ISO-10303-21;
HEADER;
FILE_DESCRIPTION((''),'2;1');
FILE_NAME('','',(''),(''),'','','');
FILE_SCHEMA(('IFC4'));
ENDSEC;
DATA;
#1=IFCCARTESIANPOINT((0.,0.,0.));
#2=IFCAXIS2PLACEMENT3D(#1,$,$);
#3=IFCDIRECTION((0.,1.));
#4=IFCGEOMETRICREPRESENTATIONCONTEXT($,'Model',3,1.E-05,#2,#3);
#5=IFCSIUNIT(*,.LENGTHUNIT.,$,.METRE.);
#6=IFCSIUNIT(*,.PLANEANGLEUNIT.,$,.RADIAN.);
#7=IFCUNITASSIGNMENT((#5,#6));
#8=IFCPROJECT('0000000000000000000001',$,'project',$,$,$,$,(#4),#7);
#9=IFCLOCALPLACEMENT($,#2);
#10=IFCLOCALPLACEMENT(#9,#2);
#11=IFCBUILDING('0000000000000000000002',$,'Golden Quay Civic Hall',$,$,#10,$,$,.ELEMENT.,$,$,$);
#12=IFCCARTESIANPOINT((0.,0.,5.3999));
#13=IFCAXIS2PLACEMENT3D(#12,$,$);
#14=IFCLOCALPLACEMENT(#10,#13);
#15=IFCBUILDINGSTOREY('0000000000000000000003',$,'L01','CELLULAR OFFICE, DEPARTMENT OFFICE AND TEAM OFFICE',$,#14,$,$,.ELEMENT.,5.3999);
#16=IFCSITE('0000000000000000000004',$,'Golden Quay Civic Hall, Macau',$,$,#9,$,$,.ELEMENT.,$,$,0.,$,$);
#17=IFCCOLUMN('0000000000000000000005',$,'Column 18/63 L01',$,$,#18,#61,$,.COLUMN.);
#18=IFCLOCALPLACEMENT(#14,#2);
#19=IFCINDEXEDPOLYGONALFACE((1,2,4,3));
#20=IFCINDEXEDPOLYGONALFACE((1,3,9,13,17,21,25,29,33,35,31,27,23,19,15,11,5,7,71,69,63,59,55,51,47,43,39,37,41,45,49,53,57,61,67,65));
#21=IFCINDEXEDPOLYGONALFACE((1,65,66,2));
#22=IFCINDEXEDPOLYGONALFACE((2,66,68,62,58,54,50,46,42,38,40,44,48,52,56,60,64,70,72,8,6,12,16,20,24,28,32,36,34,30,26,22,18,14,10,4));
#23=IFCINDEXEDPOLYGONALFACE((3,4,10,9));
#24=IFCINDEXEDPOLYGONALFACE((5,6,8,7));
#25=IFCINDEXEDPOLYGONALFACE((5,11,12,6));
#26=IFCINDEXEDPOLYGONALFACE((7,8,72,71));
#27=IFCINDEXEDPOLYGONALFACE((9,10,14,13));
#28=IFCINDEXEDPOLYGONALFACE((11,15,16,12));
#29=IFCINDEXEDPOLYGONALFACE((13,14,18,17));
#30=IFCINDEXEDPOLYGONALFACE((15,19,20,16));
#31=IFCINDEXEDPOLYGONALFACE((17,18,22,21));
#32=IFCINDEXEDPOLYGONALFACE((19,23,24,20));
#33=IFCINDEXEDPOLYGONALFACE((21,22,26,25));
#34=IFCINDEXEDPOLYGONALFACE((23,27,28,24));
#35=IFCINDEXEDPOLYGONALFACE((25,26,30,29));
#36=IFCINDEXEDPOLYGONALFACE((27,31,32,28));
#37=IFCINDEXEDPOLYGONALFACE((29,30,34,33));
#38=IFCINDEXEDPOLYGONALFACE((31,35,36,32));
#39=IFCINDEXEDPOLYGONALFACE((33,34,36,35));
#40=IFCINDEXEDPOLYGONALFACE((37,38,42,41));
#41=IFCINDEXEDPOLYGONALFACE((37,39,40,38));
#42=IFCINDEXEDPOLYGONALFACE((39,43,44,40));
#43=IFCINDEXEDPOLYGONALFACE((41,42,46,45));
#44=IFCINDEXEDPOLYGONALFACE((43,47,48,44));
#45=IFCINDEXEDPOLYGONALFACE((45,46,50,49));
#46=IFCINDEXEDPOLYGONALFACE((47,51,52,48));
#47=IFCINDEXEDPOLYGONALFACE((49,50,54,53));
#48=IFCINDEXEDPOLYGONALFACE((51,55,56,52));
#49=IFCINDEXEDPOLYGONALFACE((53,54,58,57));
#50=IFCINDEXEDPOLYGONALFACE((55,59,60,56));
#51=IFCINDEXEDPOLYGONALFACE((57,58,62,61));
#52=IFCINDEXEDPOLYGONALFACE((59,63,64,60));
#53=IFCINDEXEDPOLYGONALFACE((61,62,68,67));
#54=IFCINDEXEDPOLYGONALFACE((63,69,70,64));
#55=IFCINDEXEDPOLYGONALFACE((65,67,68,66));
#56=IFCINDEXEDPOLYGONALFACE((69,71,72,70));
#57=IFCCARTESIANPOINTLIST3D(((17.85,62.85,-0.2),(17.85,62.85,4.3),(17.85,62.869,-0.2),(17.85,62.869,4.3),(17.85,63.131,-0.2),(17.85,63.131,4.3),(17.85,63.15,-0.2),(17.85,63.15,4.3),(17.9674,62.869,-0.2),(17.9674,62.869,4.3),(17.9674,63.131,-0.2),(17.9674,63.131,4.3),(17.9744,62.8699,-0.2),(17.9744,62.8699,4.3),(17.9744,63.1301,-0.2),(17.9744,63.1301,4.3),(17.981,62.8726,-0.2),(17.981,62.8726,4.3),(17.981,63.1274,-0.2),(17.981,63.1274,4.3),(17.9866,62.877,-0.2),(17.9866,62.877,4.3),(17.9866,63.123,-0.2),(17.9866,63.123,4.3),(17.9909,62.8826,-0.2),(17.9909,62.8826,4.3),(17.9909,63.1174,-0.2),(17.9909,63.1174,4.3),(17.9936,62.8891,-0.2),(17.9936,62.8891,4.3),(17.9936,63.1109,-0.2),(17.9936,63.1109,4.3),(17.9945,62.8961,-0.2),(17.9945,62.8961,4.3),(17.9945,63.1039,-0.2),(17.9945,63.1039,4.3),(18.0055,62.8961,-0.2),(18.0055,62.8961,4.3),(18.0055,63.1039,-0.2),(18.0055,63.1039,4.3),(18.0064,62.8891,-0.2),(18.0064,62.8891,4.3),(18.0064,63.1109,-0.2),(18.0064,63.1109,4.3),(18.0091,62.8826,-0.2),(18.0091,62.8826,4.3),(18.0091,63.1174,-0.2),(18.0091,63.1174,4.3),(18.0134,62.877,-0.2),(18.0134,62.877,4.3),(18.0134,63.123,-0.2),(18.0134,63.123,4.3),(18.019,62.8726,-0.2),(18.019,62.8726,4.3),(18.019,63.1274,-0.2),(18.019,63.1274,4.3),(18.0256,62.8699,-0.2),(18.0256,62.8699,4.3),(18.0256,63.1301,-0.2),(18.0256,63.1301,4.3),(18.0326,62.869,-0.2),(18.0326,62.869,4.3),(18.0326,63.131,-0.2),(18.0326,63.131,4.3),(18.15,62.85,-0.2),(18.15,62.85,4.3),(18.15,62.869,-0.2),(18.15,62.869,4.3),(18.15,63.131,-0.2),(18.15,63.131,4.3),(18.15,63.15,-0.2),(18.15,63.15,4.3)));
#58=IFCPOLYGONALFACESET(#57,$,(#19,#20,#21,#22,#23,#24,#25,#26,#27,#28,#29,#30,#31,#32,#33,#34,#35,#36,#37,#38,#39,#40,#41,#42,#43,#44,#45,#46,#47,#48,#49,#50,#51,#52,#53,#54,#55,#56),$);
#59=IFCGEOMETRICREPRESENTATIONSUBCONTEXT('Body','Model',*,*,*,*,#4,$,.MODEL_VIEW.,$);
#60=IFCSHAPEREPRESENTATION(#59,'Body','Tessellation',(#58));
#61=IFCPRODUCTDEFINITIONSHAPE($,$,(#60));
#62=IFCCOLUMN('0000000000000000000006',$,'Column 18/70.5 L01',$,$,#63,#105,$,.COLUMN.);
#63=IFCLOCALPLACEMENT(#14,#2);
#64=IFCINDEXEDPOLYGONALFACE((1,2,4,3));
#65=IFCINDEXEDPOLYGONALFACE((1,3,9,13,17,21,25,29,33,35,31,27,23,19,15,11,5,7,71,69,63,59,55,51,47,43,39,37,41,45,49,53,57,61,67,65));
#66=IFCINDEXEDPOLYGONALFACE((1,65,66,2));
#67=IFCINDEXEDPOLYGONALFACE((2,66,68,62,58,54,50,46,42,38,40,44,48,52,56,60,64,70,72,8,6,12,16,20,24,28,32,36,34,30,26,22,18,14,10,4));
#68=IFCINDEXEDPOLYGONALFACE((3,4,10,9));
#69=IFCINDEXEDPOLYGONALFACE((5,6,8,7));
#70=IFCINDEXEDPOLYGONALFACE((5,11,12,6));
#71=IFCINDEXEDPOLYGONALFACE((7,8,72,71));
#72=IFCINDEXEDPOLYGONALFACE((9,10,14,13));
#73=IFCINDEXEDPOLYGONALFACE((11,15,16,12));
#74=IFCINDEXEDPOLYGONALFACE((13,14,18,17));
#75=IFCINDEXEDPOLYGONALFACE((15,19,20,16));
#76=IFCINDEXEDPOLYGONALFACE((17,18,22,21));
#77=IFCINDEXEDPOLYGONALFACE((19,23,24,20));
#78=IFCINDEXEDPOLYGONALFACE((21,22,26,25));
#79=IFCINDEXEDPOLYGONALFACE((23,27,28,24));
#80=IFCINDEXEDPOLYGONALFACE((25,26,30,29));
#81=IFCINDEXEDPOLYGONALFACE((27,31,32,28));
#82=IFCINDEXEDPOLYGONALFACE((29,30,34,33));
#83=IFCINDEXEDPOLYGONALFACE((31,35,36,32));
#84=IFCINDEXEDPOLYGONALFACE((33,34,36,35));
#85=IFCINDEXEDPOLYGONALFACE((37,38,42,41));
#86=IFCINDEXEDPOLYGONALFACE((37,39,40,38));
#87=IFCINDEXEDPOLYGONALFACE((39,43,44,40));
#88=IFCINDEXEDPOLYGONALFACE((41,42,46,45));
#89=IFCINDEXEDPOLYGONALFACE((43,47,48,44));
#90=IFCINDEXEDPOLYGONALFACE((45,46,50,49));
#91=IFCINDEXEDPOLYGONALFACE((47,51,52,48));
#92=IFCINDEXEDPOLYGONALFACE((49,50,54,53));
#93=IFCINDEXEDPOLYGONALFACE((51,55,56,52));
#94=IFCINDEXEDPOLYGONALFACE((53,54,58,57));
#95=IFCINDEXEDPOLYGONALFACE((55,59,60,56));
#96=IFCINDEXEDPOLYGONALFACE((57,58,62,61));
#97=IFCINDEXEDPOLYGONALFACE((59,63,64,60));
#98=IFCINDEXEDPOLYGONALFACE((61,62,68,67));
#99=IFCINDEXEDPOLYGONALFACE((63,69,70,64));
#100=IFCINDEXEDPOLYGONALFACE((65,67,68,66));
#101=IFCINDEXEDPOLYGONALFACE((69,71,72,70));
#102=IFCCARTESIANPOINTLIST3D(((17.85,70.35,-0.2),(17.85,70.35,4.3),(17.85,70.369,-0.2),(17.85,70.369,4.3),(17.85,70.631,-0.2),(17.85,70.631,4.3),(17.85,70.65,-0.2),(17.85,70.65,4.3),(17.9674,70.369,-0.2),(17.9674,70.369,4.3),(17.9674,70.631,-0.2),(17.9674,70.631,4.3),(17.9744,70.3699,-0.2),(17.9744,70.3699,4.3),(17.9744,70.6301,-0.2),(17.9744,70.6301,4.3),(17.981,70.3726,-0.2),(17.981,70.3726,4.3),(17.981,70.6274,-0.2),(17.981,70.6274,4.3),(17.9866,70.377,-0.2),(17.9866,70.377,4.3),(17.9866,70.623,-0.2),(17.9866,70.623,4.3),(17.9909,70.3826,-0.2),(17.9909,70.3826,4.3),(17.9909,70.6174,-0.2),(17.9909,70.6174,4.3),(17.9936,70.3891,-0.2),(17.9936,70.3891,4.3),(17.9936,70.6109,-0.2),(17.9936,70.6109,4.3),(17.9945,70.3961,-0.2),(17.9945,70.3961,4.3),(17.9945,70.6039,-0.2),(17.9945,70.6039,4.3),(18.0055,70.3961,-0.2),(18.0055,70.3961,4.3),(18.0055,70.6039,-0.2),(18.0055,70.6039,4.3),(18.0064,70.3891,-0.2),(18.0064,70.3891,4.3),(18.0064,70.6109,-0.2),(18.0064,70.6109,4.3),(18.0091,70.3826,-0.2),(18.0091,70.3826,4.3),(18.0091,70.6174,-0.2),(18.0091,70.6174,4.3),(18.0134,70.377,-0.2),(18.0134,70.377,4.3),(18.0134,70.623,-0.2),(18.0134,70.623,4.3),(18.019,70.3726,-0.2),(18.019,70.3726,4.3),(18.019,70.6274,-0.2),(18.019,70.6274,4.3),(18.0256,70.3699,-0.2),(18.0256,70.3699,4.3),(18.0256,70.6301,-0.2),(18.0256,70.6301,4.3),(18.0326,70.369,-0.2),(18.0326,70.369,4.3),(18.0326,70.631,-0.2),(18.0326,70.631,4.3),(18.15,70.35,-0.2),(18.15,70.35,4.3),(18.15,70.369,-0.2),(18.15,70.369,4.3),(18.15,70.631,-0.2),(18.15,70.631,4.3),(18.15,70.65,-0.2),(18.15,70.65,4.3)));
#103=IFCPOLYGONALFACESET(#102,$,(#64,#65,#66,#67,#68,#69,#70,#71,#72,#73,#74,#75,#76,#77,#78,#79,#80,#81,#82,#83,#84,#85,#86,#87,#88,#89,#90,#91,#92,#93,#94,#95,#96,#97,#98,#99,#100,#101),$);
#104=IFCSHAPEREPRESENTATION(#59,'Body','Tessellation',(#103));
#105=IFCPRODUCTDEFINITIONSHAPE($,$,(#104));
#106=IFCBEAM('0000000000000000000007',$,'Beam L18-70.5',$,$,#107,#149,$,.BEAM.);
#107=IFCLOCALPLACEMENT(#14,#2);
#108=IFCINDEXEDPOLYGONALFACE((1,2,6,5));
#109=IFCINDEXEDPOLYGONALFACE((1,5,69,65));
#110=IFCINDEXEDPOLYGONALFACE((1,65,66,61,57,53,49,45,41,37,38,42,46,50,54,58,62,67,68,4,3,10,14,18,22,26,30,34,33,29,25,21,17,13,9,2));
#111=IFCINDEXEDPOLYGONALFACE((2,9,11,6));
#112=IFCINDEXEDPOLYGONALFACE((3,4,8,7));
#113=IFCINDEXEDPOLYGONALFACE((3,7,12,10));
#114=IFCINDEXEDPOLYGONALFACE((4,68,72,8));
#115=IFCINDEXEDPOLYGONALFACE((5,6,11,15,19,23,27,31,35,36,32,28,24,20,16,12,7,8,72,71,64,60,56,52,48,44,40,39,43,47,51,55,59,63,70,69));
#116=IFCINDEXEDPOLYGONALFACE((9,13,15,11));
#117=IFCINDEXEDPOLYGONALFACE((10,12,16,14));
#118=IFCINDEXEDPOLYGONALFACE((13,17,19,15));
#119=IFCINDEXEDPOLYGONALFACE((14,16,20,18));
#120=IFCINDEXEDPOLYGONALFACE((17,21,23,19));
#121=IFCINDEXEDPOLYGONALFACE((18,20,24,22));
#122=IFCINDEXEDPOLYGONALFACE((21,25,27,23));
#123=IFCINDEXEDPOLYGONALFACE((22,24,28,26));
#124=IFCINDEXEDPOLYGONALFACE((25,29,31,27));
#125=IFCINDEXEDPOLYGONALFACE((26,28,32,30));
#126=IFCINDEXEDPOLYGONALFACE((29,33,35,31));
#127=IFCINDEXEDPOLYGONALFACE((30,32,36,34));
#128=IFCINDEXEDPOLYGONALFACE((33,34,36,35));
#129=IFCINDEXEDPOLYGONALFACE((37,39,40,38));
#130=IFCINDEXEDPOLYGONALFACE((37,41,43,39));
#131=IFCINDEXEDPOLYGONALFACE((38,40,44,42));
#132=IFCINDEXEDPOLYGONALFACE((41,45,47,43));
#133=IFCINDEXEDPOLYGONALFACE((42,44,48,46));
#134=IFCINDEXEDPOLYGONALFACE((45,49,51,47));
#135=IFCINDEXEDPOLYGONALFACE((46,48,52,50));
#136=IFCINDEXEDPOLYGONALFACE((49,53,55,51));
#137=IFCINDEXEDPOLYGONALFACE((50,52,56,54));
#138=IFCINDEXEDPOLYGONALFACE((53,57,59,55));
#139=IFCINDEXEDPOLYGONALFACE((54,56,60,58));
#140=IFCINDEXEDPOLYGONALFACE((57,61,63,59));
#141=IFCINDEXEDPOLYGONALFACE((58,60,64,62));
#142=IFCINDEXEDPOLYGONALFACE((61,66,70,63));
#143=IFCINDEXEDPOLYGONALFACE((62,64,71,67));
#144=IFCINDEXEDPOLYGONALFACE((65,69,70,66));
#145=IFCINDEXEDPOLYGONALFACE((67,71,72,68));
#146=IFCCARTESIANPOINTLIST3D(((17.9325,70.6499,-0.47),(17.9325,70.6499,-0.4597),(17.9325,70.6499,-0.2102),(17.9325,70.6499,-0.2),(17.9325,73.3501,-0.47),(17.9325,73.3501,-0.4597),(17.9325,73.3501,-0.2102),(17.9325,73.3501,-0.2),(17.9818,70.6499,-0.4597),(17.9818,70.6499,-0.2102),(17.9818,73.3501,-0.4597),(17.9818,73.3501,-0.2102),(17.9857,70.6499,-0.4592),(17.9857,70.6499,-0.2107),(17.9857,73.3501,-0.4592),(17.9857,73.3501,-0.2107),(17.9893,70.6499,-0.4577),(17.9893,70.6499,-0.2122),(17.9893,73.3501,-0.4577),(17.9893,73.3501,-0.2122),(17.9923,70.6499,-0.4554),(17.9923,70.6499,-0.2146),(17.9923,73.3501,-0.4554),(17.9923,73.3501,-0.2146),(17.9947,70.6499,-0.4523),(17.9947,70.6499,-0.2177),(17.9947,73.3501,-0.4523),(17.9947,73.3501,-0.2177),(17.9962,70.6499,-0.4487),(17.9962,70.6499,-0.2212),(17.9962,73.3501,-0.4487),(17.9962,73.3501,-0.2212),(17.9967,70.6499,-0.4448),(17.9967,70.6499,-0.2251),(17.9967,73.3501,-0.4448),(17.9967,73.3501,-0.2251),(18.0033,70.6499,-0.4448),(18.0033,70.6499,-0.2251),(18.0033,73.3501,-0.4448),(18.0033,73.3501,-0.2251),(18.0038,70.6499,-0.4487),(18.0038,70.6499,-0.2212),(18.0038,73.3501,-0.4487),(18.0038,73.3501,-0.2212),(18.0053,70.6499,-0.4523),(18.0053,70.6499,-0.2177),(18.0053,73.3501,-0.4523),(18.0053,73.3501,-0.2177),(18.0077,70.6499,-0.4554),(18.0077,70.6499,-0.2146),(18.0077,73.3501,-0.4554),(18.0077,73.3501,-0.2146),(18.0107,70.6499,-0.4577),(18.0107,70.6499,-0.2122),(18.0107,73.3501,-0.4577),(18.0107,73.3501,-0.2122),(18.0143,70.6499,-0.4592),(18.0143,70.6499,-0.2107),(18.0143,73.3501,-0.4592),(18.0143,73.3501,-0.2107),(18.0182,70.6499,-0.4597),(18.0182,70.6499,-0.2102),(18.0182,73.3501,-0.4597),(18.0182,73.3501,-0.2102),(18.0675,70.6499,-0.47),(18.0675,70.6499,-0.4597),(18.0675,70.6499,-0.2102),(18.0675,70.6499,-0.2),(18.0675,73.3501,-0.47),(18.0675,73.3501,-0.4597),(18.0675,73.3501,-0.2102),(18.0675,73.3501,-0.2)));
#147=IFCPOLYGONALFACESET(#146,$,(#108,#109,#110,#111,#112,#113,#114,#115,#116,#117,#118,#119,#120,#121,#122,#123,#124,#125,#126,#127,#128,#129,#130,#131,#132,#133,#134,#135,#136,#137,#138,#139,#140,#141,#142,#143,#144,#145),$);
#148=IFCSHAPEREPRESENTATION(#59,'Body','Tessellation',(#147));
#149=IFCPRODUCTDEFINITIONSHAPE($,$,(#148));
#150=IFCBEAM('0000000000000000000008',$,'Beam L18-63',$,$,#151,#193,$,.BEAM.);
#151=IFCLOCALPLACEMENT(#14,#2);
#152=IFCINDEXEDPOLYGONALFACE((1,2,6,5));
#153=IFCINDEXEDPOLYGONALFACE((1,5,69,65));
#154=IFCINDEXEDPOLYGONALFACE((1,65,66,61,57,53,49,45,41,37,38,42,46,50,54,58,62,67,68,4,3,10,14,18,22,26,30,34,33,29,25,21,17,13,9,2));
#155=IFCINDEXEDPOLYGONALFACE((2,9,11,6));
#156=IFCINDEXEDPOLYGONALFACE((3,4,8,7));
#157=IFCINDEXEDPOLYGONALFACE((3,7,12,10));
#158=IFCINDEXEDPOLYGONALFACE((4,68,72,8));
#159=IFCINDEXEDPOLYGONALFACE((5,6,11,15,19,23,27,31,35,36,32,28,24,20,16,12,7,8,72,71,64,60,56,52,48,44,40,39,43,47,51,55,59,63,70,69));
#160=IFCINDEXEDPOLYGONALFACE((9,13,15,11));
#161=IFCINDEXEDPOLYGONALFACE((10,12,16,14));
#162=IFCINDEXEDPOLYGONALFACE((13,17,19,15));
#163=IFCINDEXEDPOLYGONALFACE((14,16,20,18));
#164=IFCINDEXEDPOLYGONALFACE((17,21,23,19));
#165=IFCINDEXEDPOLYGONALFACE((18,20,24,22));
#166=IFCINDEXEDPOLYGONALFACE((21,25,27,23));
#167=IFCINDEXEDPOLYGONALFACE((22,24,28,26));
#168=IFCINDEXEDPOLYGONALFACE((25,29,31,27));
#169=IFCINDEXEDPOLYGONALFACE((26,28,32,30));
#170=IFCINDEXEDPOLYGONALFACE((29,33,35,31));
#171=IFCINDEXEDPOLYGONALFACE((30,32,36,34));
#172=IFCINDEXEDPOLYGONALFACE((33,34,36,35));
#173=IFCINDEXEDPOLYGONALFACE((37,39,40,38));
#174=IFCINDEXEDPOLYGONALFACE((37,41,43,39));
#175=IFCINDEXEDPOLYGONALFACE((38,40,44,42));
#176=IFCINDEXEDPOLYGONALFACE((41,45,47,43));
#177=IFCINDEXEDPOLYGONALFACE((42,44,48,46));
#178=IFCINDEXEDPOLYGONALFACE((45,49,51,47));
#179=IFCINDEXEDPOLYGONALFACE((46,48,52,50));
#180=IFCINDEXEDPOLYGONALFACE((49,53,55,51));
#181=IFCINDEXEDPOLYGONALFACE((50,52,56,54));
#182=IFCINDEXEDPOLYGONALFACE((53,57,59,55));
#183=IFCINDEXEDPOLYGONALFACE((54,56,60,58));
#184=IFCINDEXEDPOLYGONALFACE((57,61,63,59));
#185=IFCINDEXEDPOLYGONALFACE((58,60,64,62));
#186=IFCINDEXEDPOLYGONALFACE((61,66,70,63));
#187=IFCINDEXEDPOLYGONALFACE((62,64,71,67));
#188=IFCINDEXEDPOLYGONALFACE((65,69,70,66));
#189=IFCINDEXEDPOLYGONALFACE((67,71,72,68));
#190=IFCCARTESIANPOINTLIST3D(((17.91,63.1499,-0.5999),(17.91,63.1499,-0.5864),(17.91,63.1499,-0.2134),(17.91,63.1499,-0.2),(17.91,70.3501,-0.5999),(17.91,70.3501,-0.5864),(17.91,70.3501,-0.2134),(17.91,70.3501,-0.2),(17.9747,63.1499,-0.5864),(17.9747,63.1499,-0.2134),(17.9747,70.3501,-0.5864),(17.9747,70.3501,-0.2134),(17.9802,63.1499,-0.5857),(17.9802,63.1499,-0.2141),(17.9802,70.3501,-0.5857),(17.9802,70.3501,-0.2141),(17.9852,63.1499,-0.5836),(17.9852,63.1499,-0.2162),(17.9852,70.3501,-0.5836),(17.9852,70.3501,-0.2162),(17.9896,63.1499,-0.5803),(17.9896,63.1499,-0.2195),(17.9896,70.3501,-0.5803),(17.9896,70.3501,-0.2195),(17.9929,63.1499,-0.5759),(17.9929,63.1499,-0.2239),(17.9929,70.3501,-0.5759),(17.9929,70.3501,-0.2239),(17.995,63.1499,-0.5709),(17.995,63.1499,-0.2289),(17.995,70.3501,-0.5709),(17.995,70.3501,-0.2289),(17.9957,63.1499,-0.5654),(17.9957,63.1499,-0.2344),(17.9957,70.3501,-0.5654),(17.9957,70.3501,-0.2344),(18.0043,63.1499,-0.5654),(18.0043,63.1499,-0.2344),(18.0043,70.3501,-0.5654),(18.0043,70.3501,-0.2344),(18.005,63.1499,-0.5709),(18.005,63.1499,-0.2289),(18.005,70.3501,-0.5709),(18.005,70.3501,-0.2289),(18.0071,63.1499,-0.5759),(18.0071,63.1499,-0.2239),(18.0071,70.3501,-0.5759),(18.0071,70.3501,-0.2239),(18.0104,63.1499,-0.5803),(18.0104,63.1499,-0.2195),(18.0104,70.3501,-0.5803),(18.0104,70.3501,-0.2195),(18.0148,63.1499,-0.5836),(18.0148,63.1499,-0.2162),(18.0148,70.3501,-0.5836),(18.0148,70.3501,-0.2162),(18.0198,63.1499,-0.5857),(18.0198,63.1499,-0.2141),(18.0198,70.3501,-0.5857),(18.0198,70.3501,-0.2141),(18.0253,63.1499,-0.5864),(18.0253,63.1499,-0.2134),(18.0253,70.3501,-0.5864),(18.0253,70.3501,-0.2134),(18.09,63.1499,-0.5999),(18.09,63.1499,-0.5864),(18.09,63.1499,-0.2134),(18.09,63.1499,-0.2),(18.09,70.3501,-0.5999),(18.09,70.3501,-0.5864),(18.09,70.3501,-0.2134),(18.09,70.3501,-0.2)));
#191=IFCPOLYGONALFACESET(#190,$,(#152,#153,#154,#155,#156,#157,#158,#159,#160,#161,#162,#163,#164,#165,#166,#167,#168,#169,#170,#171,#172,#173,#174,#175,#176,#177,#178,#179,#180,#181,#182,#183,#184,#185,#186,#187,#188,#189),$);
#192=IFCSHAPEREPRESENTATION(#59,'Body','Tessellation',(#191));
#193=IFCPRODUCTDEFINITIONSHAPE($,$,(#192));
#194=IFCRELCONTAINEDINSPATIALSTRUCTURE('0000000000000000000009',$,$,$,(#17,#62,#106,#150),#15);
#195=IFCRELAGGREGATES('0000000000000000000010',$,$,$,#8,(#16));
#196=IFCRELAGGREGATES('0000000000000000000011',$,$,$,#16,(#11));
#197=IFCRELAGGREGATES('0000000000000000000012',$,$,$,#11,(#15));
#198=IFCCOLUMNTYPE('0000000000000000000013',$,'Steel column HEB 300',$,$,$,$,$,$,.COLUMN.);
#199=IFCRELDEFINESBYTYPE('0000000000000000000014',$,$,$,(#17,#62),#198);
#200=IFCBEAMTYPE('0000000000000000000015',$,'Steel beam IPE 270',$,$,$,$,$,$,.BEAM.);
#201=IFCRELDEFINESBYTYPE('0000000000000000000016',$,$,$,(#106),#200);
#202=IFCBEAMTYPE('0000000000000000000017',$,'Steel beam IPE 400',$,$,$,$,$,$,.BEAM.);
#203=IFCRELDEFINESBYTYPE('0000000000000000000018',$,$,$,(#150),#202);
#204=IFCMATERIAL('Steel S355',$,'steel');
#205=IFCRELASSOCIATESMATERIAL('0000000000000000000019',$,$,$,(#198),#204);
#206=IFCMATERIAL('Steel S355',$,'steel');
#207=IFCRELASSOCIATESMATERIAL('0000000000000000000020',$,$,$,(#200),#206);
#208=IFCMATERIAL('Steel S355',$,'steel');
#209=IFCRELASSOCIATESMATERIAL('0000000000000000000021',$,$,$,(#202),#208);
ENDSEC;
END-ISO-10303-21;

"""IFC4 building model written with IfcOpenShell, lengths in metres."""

from ifc_helpers import new_model, si_unit, direction, frame, origin, origin_2d, place, context, subcontext, project, spatial, i_section, extrude, material, material_profile, profile_set, type_object, element, save


model = new_model("IFC4")

# Units and contexts
model_context = context("Model", 3, precision=1e-05, world=origin(), true_north=direction((0.0, 1.0)))
body_context = subcontext(model_context, "Body", "Model", "MODEL_VIEW")
ifc_project = project(units=[si_unit("LENGTHUNIT", "METRE"), si_unit("PLANEANGLEUNIT", "RADIAN")], contexts=[model_context])

# Site, building, storey
site_placement = place(None, origin())
site = spatial("IfcSite", under=ifc_project, at=site_placement, Name="Golden Quay Civic Hall, Macau", CompositionType="ELEMENT", RefElevation=0.0)
building_placement = place(site_placement, origin())
building = spatial("IfcBuilding", under=site, at=building_placement, Name="Golden Quay Civic Hall", CompositionType="ELEMENT")
storey_placement = place(building_placement, frame((0.0, 0.0, 5.3999)))
storey = spatial("IfcBuildingStorey", under=building, at=storey_placement, Name="L01", Description="CELLULAR OFFICE, DEPARTMENT OFFICE AND TEAM OFFICE", CompositionType="ELEMENT", Elevation=5.3999)

# Columns
ifc_material_1 = material(Name="Steel S355", Category="steel")
ifc_material_profile_1 = material_profile(ifc_material_1, i_section(OverallWidth=0.3, OverallDepth=0.3, WebThickness=0.011, FlangeThickness=0.019, FilletRadius=0.0271, at=origin_2d()), Name="HEB 300")
ifc_profile_set_1 = profile_set([ifc_material_profile_1], Name="Steel S355")
column_type = type_object("IfcColumnType", Name="Steel column HEB 300", PredefinedType="COLUMN", material=ifc_profile_set_1)
for number, where, z_axis, x_axis, name in (
    (1, (18.0, 63.0, -0.2), (0.0, 0.0, 1.0), (1.0, 0.0, 0.0), "Column 18/63 L01"),
    (2, (18.0, 70.5, -0.2), (0.0, 0.0, 1.0), (1.0, 0.0, 0.0), "Column 18/70.5 L01"),
):
    element("IfcColumn", number, at=place(storey_placement, frame(where, z_axis=z_axis, x_axis=x_axis)), inside=storey, type_object=column_type, Name=name, PredefinedType="COLUMN", context=body_context, shape_type="SweptSolid", body=[
        extrude(i_section(OverallWidth=0.3, OverallDepth=0.3, WebThickness=0.011, FlangeThickness=0.019, FilletRadius=0.0271, at=origin_2d()), origin(), (0.0, 0.0, 1.0), 4.5),
    ])

# Beams
ifc_material_2 = material(Name="Steel S355", Category="steel")
ifc_material_profile_2 = material_profile(ifc_material_2, i_section(OverallWidth=0.135, OverallDepth=0.27, WebThickness=0.0066, FlangeThickness=0.0103, FilletRadius=0.0149, at=origin_2d()), Name="IPE 270")
ifc_profile_set_2 = profile_set([ifc_material_profile_2], Name="Steel S355")
beam_type_1 = type_object("IfcBeamType", Name="Steel beam IPE 270", PredefinedType="BEAM", material=ifc_profile_set_2)
beam_1_placement = place(storey_placement, frame((18.0, 70.6499, -0.335), z_axis=(0.0, 1.0, 0.0), x_axis=(-1.0, 0.0, 0.0)))
element("IfcBeam", 3, at=beam_1_placement, inside=storey, type_object=beam_type_1, Name="Beam L18-70.5", PredefinedType="BEAM", context=body_context, shape_type="SweptSolid", body=[
    extrude(i_section(OverallWidth=0.135, OverallDepth=0.27, WebThickness=0.0066, FlangeThickness=0.0103, FilletRadius=0.0149, at=origin_2d()), origin(), (0.0, 0.0, 1.0), 2.7002),
])
ifc_material_3 = material(Name="Steel S355", Category="steel")
ifc_material_profile_3 = material_profile(ifc_material_3, i_section(OverallWidth=0.1799, OverallDepth=0.3999, WebThickness=0.0085, FlangeThickness=0.0134, FilletRadius=0.021, at=origin_2d()), Name="IPE 400")
ifc_profile_set_3 = profile_set([ifc_material_profile_3], Name="Steel S355")
beam_type_2 = type_object("IfcBeamType", Name="Steel beam IPE 400", PredefinedType="BEAM", material=ifc_profile_set_3)
beam_2_placement = place(storey_placement, frame((18.0, 63.1499, -0.3999), z_axis=(0.0, 1.0, 0.0), x_axis=(-1.0, 0.0, 0.0)))
element("IfcBeam", 4, at=beam_2_placement, inside=storey, type_object=beam_type_2, Name="Beam L18-63", PredefinedType="BEAM", context=body_context, shape_type="SweptSolid", body=[
    extrude(i_section(OverallWidth=0.1799, OverallDepth=0.3999, WebThickness=0.0085, FlangeThickness=0.0134, FilletRadius=0.021, at=origin_2d()), origin(), (0.0, 0.0, 1.0), 7.2002),
])

save(model, "model.ifc")
